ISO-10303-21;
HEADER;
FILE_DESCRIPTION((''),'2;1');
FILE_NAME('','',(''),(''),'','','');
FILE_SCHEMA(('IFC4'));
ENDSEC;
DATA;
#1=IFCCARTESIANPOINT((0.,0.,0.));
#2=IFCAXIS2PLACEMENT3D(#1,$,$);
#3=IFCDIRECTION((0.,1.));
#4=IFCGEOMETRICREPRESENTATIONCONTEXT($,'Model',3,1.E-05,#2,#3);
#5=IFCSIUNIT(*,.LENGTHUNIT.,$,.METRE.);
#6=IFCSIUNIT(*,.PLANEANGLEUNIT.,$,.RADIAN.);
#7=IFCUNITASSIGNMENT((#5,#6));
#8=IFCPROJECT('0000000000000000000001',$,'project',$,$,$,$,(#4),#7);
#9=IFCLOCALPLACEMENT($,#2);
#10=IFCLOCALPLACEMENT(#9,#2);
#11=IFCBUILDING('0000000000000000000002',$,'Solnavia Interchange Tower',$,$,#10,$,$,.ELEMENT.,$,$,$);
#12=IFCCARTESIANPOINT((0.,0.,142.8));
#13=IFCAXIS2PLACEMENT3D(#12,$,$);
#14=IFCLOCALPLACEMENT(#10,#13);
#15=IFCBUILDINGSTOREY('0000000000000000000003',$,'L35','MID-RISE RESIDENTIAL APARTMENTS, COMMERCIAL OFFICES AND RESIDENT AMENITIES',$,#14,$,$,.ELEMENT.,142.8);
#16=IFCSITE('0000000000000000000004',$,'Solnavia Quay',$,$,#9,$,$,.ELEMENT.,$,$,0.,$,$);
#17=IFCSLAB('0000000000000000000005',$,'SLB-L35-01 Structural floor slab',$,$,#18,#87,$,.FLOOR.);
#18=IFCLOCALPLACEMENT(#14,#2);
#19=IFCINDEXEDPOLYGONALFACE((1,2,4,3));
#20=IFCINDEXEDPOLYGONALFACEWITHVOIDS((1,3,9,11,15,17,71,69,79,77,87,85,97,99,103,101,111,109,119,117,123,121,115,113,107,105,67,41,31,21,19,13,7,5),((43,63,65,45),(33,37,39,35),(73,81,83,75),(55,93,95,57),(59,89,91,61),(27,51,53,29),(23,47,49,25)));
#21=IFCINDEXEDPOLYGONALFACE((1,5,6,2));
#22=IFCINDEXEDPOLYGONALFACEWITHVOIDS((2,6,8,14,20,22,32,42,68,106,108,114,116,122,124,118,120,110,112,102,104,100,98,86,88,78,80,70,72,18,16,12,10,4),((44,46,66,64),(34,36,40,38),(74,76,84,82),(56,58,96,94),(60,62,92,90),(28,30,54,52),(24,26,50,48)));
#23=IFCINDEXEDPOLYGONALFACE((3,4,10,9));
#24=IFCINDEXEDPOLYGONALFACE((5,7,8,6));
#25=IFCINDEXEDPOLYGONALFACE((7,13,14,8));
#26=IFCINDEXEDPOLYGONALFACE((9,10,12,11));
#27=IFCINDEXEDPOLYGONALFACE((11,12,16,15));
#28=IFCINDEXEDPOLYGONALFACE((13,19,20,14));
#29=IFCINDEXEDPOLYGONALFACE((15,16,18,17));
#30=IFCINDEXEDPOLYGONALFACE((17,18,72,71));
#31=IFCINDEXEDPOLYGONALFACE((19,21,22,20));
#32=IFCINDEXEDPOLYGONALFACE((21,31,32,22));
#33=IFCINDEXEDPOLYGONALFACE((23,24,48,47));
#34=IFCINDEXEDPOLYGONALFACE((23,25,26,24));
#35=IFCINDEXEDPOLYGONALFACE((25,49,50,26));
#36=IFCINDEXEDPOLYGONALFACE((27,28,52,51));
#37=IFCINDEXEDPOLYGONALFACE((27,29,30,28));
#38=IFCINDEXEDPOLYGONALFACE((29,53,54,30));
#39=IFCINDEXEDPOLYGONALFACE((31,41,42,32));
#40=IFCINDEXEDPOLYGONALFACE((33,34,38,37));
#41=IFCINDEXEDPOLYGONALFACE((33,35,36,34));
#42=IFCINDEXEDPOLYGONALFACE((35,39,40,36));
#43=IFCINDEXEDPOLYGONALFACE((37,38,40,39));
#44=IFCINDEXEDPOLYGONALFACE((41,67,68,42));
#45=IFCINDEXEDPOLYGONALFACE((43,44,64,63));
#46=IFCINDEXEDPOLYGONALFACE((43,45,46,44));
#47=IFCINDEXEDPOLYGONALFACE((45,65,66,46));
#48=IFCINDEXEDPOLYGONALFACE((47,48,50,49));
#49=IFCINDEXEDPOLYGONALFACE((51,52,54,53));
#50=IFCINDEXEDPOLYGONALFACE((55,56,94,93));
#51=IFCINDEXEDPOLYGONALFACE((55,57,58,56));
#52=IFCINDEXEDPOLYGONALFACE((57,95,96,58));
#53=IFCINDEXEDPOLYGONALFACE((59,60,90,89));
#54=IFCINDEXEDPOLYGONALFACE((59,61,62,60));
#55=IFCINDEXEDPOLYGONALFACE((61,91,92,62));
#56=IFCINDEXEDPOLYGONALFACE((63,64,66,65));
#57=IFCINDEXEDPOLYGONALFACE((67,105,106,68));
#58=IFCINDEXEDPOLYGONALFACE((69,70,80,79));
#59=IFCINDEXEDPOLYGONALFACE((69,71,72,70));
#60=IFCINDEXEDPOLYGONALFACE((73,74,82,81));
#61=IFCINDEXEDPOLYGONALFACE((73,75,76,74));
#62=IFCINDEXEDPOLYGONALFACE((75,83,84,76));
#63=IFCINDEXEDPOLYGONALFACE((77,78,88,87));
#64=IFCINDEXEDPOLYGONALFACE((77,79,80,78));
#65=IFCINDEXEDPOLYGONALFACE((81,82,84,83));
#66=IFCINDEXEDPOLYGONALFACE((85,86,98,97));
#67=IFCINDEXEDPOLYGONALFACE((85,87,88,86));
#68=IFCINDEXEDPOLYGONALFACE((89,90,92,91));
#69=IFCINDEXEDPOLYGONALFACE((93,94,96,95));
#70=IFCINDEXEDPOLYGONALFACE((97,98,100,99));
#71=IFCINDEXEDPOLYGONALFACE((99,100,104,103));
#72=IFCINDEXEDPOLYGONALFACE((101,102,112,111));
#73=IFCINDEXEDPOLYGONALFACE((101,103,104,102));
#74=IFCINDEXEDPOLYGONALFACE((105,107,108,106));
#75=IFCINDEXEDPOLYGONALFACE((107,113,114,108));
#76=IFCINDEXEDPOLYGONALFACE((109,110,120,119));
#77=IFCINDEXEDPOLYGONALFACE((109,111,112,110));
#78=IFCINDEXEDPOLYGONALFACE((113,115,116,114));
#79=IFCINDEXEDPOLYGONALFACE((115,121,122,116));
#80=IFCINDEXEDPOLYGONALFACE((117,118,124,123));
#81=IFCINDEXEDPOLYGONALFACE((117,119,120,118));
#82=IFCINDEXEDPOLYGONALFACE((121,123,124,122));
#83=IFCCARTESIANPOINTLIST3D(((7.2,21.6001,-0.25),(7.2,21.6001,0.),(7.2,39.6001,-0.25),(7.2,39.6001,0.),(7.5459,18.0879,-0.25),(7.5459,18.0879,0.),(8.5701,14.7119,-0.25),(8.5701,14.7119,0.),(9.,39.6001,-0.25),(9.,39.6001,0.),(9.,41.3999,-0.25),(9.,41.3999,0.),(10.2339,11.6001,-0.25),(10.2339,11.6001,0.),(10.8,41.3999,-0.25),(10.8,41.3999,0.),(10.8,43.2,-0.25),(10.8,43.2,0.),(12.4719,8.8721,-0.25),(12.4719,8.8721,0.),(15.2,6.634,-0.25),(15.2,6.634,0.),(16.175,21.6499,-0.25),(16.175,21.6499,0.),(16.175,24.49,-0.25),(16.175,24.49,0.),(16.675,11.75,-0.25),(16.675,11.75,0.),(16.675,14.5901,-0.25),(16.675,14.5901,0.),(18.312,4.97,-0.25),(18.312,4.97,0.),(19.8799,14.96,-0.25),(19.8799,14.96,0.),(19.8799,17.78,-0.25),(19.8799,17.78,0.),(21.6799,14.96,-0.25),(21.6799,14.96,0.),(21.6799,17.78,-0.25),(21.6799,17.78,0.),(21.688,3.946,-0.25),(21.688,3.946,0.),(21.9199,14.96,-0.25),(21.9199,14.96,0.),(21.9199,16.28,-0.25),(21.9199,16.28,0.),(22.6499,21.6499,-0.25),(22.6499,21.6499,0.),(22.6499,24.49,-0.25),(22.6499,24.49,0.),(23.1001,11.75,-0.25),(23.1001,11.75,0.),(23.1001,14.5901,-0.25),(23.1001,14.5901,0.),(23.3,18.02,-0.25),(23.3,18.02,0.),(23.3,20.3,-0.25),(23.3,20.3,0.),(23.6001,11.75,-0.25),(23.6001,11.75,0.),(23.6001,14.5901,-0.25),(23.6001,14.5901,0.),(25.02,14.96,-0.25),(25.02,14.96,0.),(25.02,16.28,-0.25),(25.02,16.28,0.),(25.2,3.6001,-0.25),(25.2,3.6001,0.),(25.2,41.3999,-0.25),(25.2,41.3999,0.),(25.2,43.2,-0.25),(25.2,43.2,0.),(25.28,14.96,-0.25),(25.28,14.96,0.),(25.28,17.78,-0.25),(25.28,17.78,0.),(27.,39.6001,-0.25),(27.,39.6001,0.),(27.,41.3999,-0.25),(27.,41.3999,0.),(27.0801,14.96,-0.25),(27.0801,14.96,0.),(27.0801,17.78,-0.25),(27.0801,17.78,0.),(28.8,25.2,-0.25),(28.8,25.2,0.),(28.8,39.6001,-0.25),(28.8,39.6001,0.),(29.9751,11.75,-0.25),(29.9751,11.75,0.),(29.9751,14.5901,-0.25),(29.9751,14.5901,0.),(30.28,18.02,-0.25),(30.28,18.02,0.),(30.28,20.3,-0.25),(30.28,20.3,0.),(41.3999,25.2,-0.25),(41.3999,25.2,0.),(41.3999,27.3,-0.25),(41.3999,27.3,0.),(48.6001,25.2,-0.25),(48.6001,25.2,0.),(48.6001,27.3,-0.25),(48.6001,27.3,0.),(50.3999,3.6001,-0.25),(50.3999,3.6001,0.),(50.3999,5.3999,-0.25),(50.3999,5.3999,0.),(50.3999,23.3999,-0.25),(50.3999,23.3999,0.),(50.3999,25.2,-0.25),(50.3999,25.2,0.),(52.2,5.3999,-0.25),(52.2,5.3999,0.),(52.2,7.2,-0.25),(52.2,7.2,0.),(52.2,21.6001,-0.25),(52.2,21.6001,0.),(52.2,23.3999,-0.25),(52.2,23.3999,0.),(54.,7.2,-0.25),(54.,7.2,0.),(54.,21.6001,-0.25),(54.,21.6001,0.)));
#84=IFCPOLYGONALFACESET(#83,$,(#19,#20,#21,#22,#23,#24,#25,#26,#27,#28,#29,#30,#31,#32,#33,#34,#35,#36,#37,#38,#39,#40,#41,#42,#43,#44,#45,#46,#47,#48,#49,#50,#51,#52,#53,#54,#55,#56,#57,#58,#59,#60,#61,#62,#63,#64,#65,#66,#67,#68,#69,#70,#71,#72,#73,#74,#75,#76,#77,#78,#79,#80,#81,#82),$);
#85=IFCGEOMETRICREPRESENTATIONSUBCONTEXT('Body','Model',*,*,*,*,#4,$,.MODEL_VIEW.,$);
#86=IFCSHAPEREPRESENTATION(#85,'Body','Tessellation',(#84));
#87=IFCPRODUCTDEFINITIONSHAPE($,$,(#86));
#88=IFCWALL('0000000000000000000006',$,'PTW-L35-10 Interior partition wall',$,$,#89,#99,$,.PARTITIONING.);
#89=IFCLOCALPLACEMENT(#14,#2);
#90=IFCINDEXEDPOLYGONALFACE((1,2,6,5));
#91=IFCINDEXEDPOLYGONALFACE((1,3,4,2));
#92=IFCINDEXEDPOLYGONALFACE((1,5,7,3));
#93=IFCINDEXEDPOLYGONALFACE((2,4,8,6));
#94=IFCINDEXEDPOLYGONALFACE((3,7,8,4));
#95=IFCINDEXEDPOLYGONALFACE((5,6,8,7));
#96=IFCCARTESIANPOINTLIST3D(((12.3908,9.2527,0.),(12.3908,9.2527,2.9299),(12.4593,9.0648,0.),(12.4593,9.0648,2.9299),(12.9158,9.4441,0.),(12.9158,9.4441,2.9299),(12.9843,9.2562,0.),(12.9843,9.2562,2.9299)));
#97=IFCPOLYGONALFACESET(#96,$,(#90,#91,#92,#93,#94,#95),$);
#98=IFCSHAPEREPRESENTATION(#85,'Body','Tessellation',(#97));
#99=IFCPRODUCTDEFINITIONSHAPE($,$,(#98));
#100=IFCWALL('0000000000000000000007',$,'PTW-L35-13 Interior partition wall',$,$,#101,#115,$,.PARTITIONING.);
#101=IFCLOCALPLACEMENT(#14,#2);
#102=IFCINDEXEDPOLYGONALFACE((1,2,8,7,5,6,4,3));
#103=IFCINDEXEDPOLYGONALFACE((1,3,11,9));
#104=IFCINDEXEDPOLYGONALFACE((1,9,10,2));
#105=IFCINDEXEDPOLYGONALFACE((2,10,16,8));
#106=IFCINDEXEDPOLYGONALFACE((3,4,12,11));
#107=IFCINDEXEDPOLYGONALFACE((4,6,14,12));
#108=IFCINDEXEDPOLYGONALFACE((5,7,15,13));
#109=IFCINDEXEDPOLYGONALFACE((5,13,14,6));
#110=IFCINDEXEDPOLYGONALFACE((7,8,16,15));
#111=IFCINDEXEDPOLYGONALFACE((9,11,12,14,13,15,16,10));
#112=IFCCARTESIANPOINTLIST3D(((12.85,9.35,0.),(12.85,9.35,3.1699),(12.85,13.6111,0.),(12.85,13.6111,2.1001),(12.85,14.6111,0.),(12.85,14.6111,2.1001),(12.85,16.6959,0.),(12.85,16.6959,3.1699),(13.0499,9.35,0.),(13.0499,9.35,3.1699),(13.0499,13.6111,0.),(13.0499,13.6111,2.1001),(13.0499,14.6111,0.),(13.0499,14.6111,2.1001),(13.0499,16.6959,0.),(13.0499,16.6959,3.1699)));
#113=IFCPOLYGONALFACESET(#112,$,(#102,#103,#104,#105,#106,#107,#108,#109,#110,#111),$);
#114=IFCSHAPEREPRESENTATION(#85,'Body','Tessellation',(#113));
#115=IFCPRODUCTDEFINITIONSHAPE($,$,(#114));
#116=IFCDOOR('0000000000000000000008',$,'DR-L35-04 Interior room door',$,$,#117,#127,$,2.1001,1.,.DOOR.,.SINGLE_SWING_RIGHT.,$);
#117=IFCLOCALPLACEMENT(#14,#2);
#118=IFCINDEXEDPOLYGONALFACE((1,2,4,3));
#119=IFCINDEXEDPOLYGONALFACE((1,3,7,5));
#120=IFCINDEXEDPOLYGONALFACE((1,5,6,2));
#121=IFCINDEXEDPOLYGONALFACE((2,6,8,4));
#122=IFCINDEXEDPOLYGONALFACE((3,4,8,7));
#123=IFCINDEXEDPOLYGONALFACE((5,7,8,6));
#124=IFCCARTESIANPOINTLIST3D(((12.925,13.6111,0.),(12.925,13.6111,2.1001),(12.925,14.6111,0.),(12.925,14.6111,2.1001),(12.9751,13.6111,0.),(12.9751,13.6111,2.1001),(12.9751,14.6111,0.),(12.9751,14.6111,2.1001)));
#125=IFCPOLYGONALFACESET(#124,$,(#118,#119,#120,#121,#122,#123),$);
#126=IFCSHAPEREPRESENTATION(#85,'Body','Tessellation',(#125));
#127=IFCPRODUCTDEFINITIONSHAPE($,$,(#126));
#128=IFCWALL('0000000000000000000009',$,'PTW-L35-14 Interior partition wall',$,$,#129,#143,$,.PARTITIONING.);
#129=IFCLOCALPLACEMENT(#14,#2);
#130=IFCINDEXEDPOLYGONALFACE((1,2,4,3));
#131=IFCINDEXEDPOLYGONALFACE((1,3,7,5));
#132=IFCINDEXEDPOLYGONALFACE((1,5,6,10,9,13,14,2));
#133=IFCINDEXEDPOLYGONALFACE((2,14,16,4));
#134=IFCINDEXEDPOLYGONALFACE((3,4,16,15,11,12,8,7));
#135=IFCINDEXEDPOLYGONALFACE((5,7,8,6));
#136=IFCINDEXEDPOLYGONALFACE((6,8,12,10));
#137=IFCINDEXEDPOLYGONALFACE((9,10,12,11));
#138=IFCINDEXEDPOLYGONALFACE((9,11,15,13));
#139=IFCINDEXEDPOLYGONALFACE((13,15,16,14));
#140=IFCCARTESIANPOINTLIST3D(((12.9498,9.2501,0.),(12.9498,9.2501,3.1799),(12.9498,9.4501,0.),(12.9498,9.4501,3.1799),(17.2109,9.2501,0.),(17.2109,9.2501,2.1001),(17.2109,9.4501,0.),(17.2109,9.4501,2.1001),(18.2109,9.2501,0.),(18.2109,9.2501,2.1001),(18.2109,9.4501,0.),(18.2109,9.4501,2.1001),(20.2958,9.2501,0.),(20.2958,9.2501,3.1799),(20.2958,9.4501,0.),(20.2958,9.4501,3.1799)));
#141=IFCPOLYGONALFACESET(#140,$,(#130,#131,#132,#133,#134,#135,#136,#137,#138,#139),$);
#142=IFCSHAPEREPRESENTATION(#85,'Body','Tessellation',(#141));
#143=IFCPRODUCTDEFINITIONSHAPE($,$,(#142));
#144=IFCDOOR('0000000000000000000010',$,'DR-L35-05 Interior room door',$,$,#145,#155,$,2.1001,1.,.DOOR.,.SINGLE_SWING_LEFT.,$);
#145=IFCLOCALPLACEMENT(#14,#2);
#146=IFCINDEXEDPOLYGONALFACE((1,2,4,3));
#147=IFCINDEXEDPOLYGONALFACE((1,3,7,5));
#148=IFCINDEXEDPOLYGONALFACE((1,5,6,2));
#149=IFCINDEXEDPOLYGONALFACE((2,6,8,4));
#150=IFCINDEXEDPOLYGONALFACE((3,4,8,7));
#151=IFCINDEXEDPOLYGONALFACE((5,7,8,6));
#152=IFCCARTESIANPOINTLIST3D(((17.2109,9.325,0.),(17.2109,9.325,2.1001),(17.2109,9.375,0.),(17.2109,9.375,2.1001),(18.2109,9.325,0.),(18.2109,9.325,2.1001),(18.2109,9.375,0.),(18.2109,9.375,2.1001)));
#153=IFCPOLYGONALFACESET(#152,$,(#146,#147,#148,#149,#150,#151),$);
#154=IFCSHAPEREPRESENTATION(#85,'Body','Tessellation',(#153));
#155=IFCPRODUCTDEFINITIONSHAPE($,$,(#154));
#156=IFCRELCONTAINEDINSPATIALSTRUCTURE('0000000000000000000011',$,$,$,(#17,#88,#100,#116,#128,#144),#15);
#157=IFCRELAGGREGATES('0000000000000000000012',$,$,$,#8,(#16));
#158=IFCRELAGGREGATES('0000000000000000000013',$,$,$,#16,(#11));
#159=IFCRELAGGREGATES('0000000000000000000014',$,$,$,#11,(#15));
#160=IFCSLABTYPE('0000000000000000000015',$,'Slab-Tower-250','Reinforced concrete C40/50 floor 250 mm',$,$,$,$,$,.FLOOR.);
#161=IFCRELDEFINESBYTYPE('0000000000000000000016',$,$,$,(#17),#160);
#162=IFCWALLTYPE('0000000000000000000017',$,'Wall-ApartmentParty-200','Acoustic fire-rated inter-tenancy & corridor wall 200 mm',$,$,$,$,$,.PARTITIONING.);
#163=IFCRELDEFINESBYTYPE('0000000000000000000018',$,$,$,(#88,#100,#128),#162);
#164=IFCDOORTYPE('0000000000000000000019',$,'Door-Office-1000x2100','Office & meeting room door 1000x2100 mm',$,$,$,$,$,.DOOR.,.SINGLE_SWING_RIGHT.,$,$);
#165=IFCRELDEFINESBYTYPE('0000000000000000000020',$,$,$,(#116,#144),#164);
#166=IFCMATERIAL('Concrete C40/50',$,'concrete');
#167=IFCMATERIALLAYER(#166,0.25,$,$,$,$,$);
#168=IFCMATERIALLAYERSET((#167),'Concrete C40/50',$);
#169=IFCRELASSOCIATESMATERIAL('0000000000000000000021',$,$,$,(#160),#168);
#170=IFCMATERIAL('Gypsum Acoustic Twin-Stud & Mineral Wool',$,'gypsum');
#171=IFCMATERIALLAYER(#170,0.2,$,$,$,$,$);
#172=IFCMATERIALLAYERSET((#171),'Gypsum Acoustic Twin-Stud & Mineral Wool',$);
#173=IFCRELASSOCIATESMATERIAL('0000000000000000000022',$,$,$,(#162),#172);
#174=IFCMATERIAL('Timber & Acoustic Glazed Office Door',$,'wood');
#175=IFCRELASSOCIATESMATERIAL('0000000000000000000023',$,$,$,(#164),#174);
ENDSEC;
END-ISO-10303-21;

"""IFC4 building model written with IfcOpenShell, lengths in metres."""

from ifc_helpers import new_model, si_unit, direction, frame, frame_2d, origin, place, context, subcontext, project, spatial, polyline, rectangle, outline, extrude, material, layer, layer_set, type_object, element, fill, save


model = new_model("IFC4")

# Units and contexts
model_context = context("Model", 3, precision=1e-05, world=origin(), true_north=direction((0.0, 1.0)))
body_context = subcontext(model_context, "Body", "Model", "MODEL_VIEW")
ifc_project = project(units=[si_unit("LENGTHUNIT", "METRE"), si_unit("PLANEANGLEUNIT", "RADIAN")], contexts=[model_context])

# Site, building, storey
site_placement = place(None, origin())
site = spatial("IfcSite", under=ifc_project, at=site_placement, Name="Solnavia Quay", CompositionType="ELEMENT", RefElevation=0.0)
building_placement = place(site_placement, origin())
building = spatial("IfcBuilding", under=site, at=building_placement, Name="Solnavia Interchange Tower", CompositionType="ELEMENT")
storey_placement = place(building_placement, frame((0.0, 0.0, 142.8)))
storey = spatial("IfcBuildingStorey", under=building, at=storey_placement, Name="L35", Description="MID-RISE RESIDENTIAL APARTMENTS, COMMERCIAL OFFICES AND RESIDENT AMENITIES", CompositionType="ELEMENT", Elevation=142.8)

# Shared definitions
ifc_material_1 = material(Name="Concrete C40/50", Category="concrete")

# Slab
ifc_layer_1 = layer(ifc_material_1, 0.25)
ifc_layer_set_1 = layer_set([ifc_layer_1], Name="Concrete C40/50")
slab_type_1 = type_object("IfcSlabType", Name="Slab-Tower-250", Description="Reinforced concrete C40/50 floor 250 mm", PredefinedType="FLOOR", material=ifc_layer_set_1)
slab_1_placement = place(storey_placement, frame((0.0, 0.0, -0.25)))
element("IfcSlab", 1, at=slab_1_placement, inside=storey, type_object=slab_type_1, Name="SLB-L35-01 Structural floor slab", PredefinedType="FLOOR", context=body_context, shape_type="SweptSolid", body=[
    extrude(outline(polyline([(25.2, 3.6001), (50.3999, 3.6001), (50.3999, 5.3999), (52.2, 5.3999), (52.2, 7.2), (54.0, 7.2), (54.0, 21.6001), (52.2, 21.6001), (52.2, 23.3999), (50.3999, 23.3999), (50.3999, 25.2), (48.6001, 25.2), (48.6001, 27.3), (41.3999, 27.3), (41.3999, 25.2), (28.8, 25.2), (28.8, 39.6001), (27.0, 39.6001), (27.0, 41.3999), (25.2, 41.3999), (25.2, 43.2), (10.8, 43.2), (10.8, 41.3999), (9.0, 41.3999), (9.0, 39.6001), (7.2, 39.6001), (7.2, 21.6001), (7.5459, 18.0879), (8.5701, 14.7119), (10.2339, 11.6001), (12.4719, 8.8721), (15.2, 6.634), (18.312, 4.97), (21.688, 3.946), (25.2, 3.6001)]), holes=[polyline([(16.675, 11.75), (23.1001, 11.75), (23.1001, 14.5901), (16.675, 14.5901), (16.675, 11.75)]), polyline([(23.6001, 11.75), (29.9751, 11.75), (29.9751, 14.5901), (23.6001, 14.5901), (23.6001, 11.75)]), polyline([(16.175, 21.6499), (22.6499, 21.6499), (22.6499, 24.49), (16.175, 24.49), (16.175, 21.6499)]), polyline([(19.8799, 14.96), (21.6799, 14.96), (21.6799, 17.78), (19.8799, 17.78), (19.8799, 14.96)]), polyline([(25.28, 14.96), (27.0801, 14.96), (27.0801, 17.78), (25.28, 17.78), (25.28, 14.96)]), polyline([(21.9199, 14.96), (25.02, 14.96), (25.02, 16.28), (21.9199, 16.28), (21.9199, 14.96)]), polyline([(23.3, 18.02), (30.28, 18.02), (30.28, 20.3), (23.3, 20.3), (23.3, 18.02)])]), origin(), (0.0, 0.0, 1.0), 0.25),
])

# Wall
ifc_material_2 = material(Name="Gypsum Acoustic Twin-Stud & Mineral Wool", Category="gypsum")
ifc_layer_2 = layer(ifc_material_2, 0.2)
ifc_layer_set_2 = layer_set([ifc_layer_2], Name="Gypsum Acoustic Twin-Stud & Mineral Wool")
wall_type_1 = type_object("IfcWallType", Name="Wall-ApartmentParty-200", Description="Acoustic fire-rated inter-tenancy & corridor wall 200 mm", PredefinedType="PARTITIONING", material=ifc_layer_set_2)
wall_1_placement = place(storey_placement, frame((12.95, 9.3501, 0.0), z_axis=(0.0, 0.0, 1.0), x_axis=(-0.939538, -0.342444, 0.0)))
element("IfcWall", 2, at=wall_1_placement, inside=storey, type_object=wall_type_1, Name="PTW-L35-10 Interior partition wall", PredefinedType="PARTITIONING", context=body_context, shape_type="SweptSolid", body=[
    extrude(rectangle(XDim=0.5588, YDim=0.2, at=frame_2d((0.2793, 0.0))), origin(), (0.0, 0.0, 1.0), 2.9299),
])

# Walls, openings, doors
wall_2_placement = place(storey_placement, frame((12.95, 9.3501, 0.0), z_axis=(0.0, 0.0, 1.0), x_axis=(0.0, 1.0, 0.0)))
wall_2 = element("IfcWall", 3, at=wall_2_placement, inside=storey, type_object=wall_type_1, Name="PTW-L35-13 Interior partition wall", PredefinedType="PARTITIONING", context=body_context, shape_type="SweptSolid", body=[
    extrude(rectangle(XDim=7.3459, YDim=0.2, at=frame_2d((3.6729, 0.0))), origin(), (0.0, 0.0, 1.0), 3.1699),
])
opening_1_placement = place(wall_2_placement, frame((4.261, 0.0, 0.0)))
opening_1 = element("IfcOpeningElement", 4, at=opening_1_placement, cuts=wall_2, PredefinedType="OPENING", context=body_context, shape_type="SweptSolid", body=[
    extrude(rectangle(XDim=1.0, YDim=2.1001, at=frame_2d((0.5, 1.05))), frame((0.0, 0.1099, 0.0), z_axis=(0.0, -1.0, 0.0), x_axis=(1.0, 0.0, 0.0)), (0.0, 0.0, 1.0), 0.22),
])
ifc_material_3 = material(Name="Timber & Acoustic Glazed Office Door", Category="wood")
door_type_1 = type_object("IfcDoorType", Name="Door-Office-1000x2100", Description="Office & meeting room door 1000x2100 mm", OperationType="SINGLE_SWING_RIGHT", PredefinedType="DOOR", material=ifc_material_3)
door_1_placement = place(opening_1_placement, origin())
door_1 = element("IfcDoor", 5, at=door_1_placement, inside=storey, type_object=door_type_1, Name="DR-L35-04 Interior room door", OperationType="SINGLE_SWING_RIGHT", OverallHeight=2.1001, OverallWidth=1.0, PredefinedType="DOOR", context=body_context, shape_type="SweptSolid", body=[
    extrude(rectangle(XDim=1.0, YDim=2.1001, at=frame_2d((0.5, 1.05))), frame((0.0, 0.0249, 0.0), z_axis=(0.0, -1.0, 0.0), x_axis=(1.0, 0.0, 0.0)), (0.0, 0.0, 1.0), 0.05),
])
fill(opening_1, door_1)
wall_3_placement = place(storey_placement, frame((12.95, 9.3501, 0.0), z_axis=(0.0, 0.0, 1.0), x_axis=(1.0, 0.0, 0.0)))
wall_3 = element("IfcWall", 6, at=wall_3_placement, inside=storey, type_object=wall_type_1, Name="PTW-L35-14 Interior partition wall", PredefinedType="PARTITIONING", context=body_context, shape_type="SweptSolid", body=[
    extrude(rectangle(XDim=7.3459, YDim=0.2, at=frame_2d((3.6729, 0.0))), origin(), (0.0, 0.0, 1.0), 3.1799),
])
opening_2_placement = place(wall_3_placement, frame((4.261, 0.0, 0.0)))
opening_2 = element("IfcOpeningElement", 7, at=opening_2_placement, cuts=wall_3, PredefinedType="OPENING", context=body_context, shape_type="SweptSolid", body=[
    extrude(rectangle(XDim=1.0, YDim=2.1001, at=frame_2d((0.5, 1.05))), frame((0.0, 0.1099, 0.0), z_axis=(0.0, -1.0, 0.0), x_axis=(1.0, 0.0, 0.0)), (0.0, 0.0, 1.0), 0.22),
])
door_2_placement = place(opening_2_placement, origin())
door_2 = element("IfcDoor", 8, at=door_2_placement, inside=storey, type_object=door_type_1, Name="DR-L35-05 Interior room door", OperationType="SINGLE_SWING_LEFT", OverallHeight=2.1001, OverallWidth=1.0, PredefinedType="DOOR", context=body_context, shape_type="SweptSolid", body=[
    extrude(rectangle(XDim=1.0, YDim=2.1001, at=frame_2d((0.5, 1.05))), frame((0.0, 0.0249, 0.0), z_axis=(0.0, -1.0, 0.0), x_axis=(1.0, 0.0, 0.0)), (0.0, 0.0, 1.0), 0.05),
])
fill(opening_2, door_2)

save(model, "model.ifc")
